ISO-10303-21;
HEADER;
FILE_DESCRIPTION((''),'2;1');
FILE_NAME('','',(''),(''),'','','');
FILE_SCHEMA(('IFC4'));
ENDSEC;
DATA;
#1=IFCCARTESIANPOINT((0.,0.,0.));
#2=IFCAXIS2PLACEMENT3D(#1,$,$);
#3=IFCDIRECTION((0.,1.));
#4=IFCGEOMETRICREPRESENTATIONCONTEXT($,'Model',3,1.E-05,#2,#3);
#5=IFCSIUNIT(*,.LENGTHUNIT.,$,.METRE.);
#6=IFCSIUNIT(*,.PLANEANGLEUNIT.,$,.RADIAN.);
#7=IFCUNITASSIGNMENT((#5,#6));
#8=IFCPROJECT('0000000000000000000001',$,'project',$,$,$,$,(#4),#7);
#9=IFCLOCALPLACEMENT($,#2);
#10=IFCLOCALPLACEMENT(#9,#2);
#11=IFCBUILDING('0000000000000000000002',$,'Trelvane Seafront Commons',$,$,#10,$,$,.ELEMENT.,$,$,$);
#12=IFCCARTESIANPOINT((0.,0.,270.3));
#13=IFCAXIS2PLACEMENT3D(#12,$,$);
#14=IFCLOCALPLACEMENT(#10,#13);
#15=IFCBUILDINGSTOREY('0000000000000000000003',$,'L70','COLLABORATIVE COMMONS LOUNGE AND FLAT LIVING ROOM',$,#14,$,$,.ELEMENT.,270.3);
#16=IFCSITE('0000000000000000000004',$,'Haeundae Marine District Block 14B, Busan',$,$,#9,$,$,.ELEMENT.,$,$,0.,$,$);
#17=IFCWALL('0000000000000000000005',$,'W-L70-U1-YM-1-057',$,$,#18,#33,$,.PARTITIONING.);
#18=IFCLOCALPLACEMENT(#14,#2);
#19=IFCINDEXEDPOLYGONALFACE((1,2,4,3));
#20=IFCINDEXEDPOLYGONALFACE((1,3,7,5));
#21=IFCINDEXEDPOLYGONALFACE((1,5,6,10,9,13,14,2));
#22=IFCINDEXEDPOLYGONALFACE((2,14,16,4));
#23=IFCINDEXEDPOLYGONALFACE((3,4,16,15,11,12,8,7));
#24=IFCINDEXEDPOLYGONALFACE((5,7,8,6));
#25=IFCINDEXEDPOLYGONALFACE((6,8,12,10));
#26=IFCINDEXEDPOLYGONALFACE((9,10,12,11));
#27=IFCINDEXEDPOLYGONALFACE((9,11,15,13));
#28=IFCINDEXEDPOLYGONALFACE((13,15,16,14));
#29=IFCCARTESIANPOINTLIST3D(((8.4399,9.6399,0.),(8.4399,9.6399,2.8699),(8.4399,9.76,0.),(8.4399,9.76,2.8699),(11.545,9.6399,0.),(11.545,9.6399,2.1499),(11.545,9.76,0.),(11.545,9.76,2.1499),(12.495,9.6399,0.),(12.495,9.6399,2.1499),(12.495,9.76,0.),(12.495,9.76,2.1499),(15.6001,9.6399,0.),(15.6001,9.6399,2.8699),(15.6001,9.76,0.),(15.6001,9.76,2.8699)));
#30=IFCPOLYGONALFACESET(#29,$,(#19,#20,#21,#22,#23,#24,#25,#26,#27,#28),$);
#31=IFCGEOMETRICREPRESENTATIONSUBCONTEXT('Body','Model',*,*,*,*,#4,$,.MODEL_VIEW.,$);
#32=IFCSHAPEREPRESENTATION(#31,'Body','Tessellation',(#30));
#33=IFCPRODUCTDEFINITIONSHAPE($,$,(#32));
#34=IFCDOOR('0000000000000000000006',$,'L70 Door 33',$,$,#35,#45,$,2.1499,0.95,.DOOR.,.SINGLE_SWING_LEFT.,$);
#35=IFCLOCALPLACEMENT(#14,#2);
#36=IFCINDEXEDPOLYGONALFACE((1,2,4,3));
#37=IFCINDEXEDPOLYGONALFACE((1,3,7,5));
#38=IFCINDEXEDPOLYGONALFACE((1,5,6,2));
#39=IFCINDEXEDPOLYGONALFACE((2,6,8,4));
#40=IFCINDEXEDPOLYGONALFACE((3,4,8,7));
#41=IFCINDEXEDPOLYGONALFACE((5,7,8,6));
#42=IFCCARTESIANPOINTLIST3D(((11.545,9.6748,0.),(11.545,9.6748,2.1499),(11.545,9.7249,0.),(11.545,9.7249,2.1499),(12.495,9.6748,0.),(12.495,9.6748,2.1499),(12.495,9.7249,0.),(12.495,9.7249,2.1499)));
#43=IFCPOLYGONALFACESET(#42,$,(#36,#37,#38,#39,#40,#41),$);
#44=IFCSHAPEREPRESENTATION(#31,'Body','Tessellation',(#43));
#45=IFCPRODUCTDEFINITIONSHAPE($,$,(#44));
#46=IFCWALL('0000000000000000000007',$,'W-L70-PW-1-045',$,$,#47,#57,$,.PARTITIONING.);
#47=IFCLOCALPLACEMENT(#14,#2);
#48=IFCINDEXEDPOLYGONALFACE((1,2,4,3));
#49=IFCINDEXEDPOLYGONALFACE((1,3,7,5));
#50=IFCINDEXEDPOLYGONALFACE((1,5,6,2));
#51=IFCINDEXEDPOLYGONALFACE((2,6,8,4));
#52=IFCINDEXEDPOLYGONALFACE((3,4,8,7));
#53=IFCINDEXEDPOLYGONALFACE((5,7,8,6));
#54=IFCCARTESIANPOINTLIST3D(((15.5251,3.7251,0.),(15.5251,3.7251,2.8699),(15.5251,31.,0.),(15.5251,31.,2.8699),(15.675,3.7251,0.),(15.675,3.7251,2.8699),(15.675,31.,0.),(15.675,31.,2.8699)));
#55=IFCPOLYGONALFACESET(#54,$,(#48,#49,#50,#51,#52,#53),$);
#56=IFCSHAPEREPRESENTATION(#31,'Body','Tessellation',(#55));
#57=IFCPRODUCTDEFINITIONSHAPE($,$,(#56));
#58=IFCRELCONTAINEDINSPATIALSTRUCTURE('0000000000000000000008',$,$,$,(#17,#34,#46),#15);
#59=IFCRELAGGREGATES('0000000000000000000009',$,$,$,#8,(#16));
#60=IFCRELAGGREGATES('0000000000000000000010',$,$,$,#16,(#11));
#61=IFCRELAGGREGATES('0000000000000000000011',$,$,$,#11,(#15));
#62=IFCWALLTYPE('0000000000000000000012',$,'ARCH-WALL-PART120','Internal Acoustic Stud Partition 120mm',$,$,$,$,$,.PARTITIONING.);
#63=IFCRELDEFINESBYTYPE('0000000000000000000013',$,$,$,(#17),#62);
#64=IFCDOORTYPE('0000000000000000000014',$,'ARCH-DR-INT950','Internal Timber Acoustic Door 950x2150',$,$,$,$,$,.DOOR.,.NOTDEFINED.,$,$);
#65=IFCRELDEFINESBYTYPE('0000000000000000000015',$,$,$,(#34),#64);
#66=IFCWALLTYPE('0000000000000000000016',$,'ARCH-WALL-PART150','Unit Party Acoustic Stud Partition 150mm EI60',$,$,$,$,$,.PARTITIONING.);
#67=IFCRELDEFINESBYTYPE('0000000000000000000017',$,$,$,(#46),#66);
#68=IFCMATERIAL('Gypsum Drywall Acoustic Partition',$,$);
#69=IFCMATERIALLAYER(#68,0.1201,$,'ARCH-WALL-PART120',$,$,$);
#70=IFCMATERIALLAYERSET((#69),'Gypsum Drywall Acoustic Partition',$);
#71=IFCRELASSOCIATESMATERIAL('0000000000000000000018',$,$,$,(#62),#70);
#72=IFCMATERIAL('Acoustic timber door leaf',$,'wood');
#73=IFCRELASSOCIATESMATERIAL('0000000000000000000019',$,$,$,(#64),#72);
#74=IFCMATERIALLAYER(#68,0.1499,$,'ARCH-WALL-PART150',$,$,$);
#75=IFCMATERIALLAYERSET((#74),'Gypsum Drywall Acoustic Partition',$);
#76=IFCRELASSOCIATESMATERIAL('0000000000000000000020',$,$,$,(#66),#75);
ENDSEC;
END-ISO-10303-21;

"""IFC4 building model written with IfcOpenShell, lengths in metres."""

from ifc_helpers import new_model, si_unit, direction, frame, frame_2d, origin, place, context, subcontext, project, spatial, rectangle, extrude, source, transform, mapped, material, layer, layer_set, type_object, element, fill, save


model = new_model("IFC4")

# Units and contexts
model_context = context("Model", 3, precision=1e-05, world=origin(), true_north=direction((0.0, 1.0)))
body_context = subcontext(model_context, "Body", "Model", "MODEL_VIEW")
ifc_project = project(units=[si_unit("LENGTHUNIT", "METRE"), si_unit("PLANEANGLEUNIT", "RADIAN")], contexts=[model_context])

# Site, building, storey
site_placement = place(None, origin())
site = spatial("IfcSite", under=ifc_project, at=site_placement, Name="Haeundae Marine District Block 14B, Busan", CompositionType="ELEMENT", RefElevation=0.0)
building_placement = place(site_placement, origin())
building = spatial("IfcBuilding", under=site, at=building_placement, Name="Trelvane Seafront Commons", CompositionType="ELEMENT")
storey_placement = place(building_placement, frame((0.0, 0.0, 270.3)))
storey = spatial("IfcBuildingStorey", under=building, at=storey_placement, Name="L70", Description="COLLABORATIVE COMMONS LOUNGE AND FLAT LIVING ROOM", CompositionType="ELEMENT", Elevation=270.3)

# Wall, opening, door
ifc_material_1 = material(Name="Gypsum Drywall Acoustic Partition")
ifc_layer_1 = layer(ifc_material_1, 0.1201, Name="ARCH-WALL-PART120")
ifc_layer_set_1 = layer_set([ifc_layer_1], Name="Gypsum Drywall Acoustic Partition")
wall_type_1 = type_object("IfcWallType", Name="ARCH-WALL-PART120", Description="Internal Acoustic Stud Partition 120mm", PredefinedType="PARTITIONING", material=ifc_layer_set_1)
wall_1_placement = place(storey_placement, frame((8.4399, 9.7, 0.0), z_axis=(0.0, 0.0, 1.0), x_axis=(1.0, 0.0, 0.0)))
wall_1 = element("IfcWall", 1, at=wall_1_placement, inside=storey, type_object=wall_type_1, Name="W-L70-U1-YM-1-057", PredefinedType="PARTITIONING", context=body_context, shape_type="SweptSolid", body=[
    extrude(rectangle(XDim=7.1602, YDim=0.1201, at=frame_2d((3.5801, 0.0))), origin(), (0.0, 0.0, 1.0), 2.8699),
])
opening_1_placement = place(wall_1_placement, frame((3.105, 0.0, 0.0)))
opening_1 = element("IfcOpeningElement", 2, at=opening_1_placement, cuts=wall_1, PredefinedType="OPENING", context=body_context, shape_type="SweptSolid", body=[
    extrude(rectangle(XDim=0.95, YDim=2.1499, at=frame_2d((0.4751, 1.075))), frame((0.0, 0.0701, 0.0), z_axis=(0.0, -1.0, 0.0), x_axis=(1.0, 0.0, 0.0)), (0.0, 0.0, 1.0), 0.1401),
])
ifc_material_2 = material(Name="Acoustic timber door leaf", Category="wood")
door_type = type_object("IfcDoorType", Name="ARCH-DR-INT950", Description="Internal Timber Acoustic Door 950x2150", OperationType="NOTDEFINED", PredefinedType="DOOR", material=ifc_material_2)
shared_shape_1 = source(origin(), body_context, "Body", "SweptSolid", [
    extrude(rectangle(XDim=0.95, YDim=2.1499, at=frame_2d((0.4751, 1.075))), frame((0.0, 0.0249, 0.0), z_axis=(0.0, -1.0, 0.0), x_axis=(1.0, 0.0, 0.0)), (0.0, 0.0, 1.0), 0.05),
])
door_placement = place(opening_1_placement, origin())
door = element("IfcDoor", 3, at=door_placement, inside=storey, type_object=door_type, Name="L70 Door 33", OperationType="SINGLE_SWING_LEFT", OverallHeight=2.1499, OverallWidth=0.95, PredefinedType="DOOR", context=body_context, shape_type="MappedRepresentation", body=[
    mapped(shared_shape_1, transform((0.0, 0.0, 0.0), x_axis=(1.0, 0.0, 0.0), y_axis=(0.0, 1.0, 0.0), z_axis=(0.0, 0.0, 1.0), scale=1.0)),
])
fill(opening_1, door)

# Wall
ifc_layer_2 = layer(ifc_material_1, 0.1499, Name="ARCH-WALL-PART150")
ifc_layer_set_2 = layer_set([ifc_layer_2], Name="Gypsum Drywall Acoustic Partition")
wall_type_2 = type_object("IfcWallType", Name="ARCH-WALL-PART150", Description="Unit Party Acoustic Stud Partition 150mm EI60", PredefinedType="PARTITIONING", material=ifc_layer_set_2)
wall_2_placement = place(storey_placement, frame((15.6001, 3.7251, 0.0), z_axis=(0.0, 0.0, 1.0), x_axis=(0.0, 1.0, 0.0)))
element("IfcWall", 4, at=wall_2_placement, inside=storey, type_object=wall_type_2, Name="W-L70-PW-1-045", PredefinedType="PARTITIONING", context=body_context, shape_type="SweptSolid", body=[
    extrude(rectangle(XDim=27.2749, YDim=0.1499, at=frame_2d((13.6375, 0.0))), origin(), (0.0, 0.0, 1.0), 2.8699),
])

save(model, "model.ifc")
